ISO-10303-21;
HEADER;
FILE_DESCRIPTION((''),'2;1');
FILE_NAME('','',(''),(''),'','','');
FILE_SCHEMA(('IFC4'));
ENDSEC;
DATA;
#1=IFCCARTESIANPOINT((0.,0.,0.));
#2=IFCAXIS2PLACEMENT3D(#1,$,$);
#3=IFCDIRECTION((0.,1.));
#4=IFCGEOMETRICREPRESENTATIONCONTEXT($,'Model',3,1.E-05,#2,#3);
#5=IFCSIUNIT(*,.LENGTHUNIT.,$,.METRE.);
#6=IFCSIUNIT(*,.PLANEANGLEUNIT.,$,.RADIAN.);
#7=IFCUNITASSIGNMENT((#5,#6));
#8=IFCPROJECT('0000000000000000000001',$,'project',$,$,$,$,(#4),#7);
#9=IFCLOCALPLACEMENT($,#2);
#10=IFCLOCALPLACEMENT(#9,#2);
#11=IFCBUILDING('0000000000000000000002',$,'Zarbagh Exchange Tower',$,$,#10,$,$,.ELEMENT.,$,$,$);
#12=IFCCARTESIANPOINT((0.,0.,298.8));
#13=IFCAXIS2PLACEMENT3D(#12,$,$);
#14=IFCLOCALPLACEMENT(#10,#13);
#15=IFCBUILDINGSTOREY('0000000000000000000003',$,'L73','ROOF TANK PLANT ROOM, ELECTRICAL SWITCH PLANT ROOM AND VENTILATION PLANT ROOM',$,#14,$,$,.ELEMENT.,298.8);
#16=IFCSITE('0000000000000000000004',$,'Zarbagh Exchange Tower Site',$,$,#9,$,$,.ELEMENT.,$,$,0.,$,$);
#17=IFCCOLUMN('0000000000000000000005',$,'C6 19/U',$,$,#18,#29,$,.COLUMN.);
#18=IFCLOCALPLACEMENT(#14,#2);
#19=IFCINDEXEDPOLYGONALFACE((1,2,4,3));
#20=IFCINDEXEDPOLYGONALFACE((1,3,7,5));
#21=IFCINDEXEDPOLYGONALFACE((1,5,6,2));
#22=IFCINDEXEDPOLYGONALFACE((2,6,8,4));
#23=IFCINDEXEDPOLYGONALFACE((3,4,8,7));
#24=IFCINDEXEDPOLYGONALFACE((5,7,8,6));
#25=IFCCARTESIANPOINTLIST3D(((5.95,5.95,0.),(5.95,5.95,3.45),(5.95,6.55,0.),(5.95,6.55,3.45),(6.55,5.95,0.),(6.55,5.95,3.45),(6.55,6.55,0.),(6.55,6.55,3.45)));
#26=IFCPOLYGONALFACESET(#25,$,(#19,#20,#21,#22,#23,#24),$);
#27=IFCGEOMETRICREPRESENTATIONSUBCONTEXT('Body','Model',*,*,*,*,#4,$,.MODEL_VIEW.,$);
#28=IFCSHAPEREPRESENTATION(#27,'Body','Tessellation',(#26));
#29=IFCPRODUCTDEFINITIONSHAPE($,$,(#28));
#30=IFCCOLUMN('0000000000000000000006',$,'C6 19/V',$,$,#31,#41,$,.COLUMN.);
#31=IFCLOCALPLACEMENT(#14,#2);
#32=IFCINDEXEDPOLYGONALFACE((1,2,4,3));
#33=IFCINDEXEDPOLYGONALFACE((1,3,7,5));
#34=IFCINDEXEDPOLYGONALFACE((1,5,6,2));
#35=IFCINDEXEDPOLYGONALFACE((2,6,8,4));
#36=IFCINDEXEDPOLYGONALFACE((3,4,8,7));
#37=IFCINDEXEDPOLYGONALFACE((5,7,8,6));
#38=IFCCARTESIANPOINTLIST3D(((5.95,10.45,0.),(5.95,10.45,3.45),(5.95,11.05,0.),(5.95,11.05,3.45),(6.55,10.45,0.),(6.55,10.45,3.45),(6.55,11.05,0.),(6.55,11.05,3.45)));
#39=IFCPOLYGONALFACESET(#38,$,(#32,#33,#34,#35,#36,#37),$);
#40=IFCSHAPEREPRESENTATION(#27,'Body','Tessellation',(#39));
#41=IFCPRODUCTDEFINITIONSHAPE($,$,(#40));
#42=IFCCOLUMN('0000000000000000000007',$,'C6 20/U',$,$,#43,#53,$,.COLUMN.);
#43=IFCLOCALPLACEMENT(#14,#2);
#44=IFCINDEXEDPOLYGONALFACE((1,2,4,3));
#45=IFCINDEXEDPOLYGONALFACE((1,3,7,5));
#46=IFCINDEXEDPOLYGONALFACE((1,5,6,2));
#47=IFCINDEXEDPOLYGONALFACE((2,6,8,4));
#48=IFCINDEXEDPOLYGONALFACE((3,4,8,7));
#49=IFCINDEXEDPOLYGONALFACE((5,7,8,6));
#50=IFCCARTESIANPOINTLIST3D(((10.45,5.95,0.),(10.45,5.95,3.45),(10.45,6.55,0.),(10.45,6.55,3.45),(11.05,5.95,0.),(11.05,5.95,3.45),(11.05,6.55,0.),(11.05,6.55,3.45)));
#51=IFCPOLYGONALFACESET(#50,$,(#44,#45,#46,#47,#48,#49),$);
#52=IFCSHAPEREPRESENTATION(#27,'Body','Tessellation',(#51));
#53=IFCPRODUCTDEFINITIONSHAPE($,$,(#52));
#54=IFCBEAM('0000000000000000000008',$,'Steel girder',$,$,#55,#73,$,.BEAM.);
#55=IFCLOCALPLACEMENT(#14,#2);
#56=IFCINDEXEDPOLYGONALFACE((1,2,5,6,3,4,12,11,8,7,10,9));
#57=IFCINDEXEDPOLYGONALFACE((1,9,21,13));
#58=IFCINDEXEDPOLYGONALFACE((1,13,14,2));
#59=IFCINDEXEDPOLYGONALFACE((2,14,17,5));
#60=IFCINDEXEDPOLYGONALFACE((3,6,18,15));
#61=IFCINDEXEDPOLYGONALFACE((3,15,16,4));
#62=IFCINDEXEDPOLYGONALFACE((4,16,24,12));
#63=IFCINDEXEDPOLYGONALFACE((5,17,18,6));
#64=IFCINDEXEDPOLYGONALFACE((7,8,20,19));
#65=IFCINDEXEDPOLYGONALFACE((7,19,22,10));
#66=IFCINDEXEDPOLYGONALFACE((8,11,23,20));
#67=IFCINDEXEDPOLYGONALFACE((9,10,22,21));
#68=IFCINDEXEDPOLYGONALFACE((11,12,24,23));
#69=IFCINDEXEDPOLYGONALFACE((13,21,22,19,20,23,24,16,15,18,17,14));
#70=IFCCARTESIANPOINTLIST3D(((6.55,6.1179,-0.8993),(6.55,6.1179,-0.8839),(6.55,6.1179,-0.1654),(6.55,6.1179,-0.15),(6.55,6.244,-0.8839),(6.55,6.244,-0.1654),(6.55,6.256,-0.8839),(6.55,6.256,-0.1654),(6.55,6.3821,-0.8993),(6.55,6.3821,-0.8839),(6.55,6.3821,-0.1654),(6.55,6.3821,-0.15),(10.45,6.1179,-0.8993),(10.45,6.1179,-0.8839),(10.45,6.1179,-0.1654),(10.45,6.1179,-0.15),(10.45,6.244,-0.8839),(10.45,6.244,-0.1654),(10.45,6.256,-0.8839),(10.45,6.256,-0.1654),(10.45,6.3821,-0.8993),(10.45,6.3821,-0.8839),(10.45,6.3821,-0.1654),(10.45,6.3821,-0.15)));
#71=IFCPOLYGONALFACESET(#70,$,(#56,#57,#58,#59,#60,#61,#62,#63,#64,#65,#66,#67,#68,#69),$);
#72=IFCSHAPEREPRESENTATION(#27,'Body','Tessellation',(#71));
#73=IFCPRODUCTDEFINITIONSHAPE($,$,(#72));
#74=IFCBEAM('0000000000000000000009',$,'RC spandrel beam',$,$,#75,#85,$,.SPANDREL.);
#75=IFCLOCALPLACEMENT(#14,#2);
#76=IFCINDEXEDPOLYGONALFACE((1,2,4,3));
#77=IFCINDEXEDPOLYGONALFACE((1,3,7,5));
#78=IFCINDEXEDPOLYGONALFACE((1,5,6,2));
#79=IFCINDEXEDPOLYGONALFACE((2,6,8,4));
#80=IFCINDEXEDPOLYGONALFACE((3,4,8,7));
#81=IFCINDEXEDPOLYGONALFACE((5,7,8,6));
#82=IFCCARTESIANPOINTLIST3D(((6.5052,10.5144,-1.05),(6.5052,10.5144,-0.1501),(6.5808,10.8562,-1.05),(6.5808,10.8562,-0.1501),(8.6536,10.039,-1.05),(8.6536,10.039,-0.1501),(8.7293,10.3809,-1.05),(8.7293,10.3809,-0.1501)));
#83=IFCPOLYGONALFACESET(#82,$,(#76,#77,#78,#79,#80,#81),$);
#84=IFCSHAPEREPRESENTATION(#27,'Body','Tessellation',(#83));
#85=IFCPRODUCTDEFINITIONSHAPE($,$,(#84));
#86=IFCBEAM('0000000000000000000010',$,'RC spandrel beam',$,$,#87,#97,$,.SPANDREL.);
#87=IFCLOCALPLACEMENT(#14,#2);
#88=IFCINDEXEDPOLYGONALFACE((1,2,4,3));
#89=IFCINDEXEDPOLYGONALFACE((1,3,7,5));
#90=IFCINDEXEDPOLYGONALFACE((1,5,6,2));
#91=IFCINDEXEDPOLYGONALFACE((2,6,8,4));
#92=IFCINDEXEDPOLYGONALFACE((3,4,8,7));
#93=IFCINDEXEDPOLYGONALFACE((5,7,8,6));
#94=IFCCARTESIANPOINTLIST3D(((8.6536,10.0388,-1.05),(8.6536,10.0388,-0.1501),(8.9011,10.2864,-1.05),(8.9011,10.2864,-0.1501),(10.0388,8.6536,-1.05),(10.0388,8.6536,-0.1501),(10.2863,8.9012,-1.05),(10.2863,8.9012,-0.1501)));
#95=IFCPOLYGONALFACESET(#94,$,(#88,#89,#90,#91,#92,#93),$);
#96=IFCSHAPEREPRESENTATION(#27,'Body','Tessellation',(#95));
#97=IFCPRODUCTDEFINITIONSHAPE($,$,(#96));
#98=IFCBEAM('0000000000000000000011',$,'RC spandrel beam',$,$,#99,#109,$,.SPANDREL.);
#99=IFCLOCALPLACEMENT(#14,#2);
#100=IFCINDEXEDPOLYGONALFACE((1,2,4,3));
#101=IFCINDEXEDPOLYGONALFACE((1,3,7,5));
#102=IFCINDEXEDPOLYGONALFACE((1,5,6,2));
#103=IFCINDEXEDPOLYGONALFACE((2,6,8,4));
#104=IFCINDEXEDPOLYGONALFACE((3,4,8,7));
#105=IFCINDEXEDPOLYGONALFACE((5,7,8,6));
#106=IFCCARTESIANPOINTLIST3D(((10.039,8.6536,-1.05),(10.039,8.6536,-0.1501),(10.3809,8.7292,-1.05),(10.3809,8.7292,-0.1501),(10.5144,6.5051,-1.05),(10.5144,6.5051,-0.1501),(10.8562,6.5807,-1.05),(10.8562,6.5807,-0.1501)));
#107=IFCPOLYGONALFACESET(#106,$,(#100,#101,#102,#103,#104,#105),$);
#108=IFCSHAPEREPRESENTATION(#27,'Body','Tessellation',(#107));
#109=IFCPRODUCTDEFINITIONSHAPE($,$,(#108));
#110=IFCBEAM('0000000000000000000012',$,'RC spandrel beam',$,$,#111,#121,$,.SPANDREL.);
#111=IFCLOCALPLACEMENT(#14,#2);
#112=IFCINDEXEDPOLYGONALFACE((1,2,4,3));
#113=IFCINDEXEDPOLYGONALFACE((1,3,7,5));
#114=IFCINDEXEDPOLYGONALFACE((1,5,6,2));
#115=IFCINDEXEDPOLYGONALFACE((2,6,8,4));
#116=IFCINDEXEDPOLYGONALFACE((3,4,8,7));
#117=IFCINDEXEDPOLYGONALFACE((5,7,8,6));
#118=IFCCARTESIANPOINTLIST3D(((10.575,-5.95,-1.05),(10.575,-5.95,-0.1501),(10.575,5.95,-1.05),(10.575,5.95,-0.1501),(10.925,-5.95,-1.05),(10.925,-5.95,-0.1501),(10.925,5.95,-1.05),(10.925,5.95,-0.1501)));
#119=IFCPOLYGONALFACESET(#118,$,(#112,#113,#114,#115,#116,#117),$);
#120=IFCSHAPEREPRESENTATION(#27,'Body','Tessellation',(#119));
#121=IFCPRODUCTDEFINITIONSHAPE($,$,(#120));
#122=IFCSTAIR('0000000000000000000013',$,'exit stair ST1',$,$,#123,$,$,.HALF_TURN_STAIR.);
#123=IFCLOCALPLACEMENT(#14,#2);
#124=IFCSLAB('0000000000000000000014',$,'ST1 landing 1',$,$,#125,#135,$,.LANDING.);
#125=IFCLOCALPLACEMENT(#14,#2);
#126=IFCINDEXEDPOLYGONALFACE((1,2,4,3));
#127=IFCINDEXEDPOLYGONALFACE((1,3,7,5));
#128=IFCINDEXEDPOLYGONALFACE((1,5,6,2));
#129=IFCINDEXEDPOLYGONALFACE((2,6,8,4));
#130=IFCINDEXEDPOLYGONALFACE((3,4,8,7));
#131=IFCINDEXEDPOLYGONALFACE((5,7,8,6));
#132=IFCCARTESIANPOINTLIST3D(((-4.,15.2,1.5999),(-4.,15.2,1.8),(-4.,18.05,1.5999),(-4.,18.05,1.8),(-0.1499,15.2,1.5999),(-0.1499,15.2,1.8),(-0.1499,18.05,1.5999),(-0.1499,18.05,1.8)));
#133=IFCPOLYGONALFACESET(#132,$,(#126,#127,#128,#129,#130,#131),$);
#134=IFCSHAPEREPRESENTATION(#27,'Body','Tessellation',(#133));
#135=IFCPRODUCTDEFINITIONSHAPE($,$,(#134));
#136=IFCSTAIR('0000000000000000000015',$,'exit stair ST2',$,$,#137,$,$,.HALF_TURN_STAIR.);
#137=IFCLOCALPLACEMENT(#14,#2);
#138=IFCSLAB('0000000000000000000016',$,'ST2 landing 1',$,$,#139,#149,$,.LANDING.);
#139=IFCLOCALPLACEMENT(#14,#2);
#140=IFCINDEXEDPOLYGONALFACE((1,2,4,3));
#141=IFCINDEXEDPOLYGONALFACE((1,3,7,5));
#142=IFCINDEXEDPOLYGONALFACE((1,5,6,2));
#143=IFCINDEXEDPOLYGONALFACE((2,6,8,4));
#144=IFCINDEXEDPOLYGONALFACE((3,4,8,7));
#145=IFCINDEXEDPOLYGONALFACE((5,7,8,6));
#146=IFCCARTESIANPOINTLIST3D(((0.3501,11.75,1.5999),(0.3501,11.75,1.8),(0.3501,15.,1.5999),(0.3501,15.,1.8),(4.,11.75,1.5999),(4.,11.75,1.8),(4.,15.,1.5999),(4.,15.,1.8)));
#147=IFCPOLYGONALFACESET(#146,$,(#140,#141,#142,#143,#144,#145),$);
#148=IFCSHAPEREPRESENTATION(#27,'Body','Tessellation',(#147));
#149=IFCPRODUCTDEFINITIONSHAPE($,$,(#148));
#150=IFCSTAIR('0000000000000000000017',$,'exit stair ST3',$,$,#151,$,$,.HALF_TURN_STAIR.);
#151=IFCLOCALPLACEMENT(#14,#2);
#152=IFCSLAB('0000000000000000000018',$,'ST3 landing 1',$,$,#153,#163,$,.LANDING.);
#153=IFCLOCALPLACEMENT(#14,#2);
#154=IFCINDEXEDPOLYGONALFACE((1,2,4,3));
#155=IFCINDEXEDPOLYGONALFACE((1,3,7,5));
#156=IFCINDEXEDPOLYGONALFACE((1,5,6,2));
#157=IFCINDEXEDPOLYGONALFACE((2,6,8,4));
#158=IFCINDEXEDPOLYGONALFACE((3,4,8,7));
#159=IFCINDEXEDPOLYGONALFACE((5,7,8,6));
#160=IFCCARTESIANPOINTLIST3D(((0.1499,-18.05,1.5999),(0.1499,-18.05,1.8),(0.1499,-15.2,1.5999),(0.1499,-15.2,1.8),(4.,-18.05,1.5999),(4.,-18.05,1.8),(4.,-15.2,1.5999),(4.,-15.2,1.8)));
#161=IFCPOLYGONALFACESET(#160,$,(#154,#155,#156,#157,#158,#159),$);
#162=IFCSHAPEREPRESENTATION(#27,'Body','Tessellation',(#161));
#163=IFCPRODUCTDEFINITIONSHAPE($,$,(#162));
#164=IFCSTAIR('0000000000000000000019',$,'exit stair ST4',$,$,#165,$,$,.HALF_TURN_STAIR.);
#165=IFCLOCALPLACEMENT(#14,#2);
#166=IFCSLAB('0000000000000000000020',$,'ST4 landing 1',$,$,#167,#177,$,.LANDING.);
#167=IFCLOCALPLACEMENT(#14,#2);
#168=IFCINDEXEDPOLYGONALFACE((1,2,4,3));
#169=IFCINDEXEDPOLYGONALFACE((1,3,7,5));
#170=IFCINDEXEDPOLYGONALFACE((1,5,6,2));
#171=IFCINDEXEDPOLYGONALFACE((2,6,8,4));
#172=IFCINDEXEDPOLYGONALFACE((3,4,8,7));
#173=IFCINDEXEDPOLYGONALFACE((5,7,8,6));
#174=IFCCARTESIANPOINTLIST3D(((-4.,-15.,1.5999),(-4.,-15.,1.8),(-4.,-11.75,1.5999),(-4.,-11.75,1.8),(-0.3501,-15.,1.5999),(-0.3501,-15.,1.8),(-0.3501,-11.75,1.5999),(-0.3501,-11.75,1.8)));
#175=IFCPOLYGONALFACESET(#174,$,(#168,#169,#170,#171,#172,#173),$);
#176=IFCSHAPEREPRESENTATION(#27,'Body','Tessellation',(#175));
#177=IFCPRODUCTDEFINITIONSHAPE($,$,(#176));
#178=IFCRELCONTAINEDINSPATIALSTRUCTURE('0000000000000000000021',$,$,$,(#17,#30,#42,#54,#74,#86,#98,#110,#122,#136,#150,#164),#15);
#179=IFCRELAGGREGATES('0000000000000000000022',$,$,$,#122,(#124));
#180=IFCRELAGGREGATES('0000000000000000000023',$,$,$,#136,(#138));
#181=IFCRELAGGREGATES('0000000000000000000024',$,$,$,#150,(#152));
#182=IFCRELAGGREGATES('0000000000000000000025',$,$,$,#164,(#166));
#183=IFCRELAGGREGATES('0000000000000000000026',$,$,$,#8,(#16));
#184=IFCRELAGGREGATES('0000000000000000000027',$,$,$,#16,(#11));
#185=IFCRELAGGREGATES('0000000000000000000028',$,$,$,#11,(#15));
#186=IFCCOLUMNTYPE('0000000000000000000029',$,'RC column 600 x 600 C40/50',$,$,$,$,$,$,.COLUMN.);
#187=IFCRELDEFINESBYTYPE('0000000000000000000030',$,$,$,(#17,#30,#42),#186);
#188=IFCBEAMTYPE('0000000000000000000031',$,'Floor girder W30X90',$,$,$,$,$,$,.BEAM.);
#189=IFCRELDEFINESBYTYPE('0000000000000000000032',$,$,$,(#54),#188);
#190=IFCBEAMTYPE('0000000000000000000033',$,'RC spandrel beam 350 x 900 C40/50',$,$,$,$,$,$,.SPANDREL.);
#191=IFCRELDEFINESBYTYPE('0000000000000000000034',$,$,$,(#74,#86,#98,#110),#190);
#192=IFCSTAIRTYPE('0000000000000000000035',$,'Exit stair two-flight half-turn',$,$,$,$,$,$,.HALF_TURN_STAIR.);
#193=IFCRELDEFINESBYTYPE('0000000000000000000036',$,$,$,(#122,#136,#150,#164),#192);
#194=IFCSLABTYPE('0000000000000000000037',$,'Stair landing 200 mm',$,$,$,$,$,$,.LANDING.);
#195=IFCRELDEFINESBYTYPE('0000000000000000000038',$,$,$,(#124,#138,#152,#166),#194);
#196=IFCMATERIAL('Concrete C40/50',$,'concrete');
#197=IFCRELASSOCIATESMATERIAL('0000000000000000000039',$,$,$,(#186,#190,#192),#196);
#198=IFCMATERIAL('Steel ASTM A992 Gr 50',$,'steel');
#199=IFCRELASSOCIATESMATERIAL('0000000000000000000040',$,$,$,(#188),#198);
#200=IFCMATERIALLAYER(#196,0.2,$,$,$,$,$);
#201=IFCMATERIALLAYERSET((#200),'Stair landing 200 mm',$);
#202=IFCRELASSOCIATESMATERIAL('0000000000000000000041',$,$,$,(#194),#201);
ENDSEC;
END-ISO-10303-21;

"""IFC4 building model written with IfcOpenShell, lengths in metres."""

from ifc_helpers import new_model, si_unit, direction, frame, origin, origin_2d, place, context, subcontext, project, spatial, polyline, rectangle, i_section, outline, extrude, material, layer, layer_set, material_profile, profile_set, type_object, element, aggregate, save


model = new_model("IFC4")

# Units and contexts
model_context = context("Model", 3, precision=1e-05, world=origin(), true_north=direction((0.0, 1.0)))
body_context = subcontext(model_context, "Body", "Model", "MODEL_VIEW")
ifc_project = project(units=[si_unit("LENGTHUNIT", "METRE"), si_unit("PLANEANGLEUNIT", "RADIAN")], contexts=[model_context])

# Site, building, storey
site_placement = place(None, origin())
site = spatial("IfcSite", under=ifc_project, at=site_placement, Name="Zarbagh Exchange Tower Site", CompositionType="ELEMENT", RefElevation=0.0)
building_placement = place(site_placement, origin())
building = spatial("IfcBuilding", under=site, at=building_placement, Name="Zarbagh Exchange Tower", CompositionType="ELEMENT")
storey_placement = place(building_placement, frame((0.0, 0.0, 298.8)))
storey = spatial("IfcBuildingStorey", under=building, at=storey_placement, Name="L73", Description="ROOF TANK PLANT ROOM, ELECTRICAL SWITCH PLANT ROOM AND VENTILATION PLANT ROOM", CompositionType="ELEMENT", Elevation=298.8)

# Columns
ifc_material_1 = material(Name="Concrete C40/50", Category="concrete")
ifc_material_profile_1 = material_profile(ifc_material_1, rectangle(XDim=0.6001, YDim=0.6001, at=origin_2d()), Name="RC column 600 x 600 C40/50")
ifc_profile_set_1 = profile_set([ifc_material_profile_1], Name="Concrete C40/50")
column_type = type_object("IfcColumnType", Name="RC column 600 x 600 C40/50", PredefinedType="COLUMN", material=ifc_profile_set_1)
for number, where, z_axis, x_axis, name in (
    (1, (6.25, 6.25, 0.0), (0.0, 0.0, 1.0), (1.0, 0.0, 0.0), "C6 19/U"),
    (2, (6.25, 10.75, 0.0), (0.0, 0.0, 1.0), (1.0, 0.0, 0.0), "C6 19/V"),
    (3, (10.75, 6.25, 0.0), (0.0, 0.0, 1.0), (1.0, 0.0, 0.0), "C6 20/U"),
):
    element("IfcColumn", number, at=place(storey_placement, frame(where, z_axis=z_axis, x_axis=x_axis)), inside=storey, type_object=column_type, Name=name, PredefinedType="COLUMN", context=body_context, shape_type="SweptSolid", body=[
        extrude(rectangle(XDim=0.6001, YDim=0.6001, at=origin_2d()), origin(), (0.0, 0.0, 1.0), 3.45),
    ])

# Beams
ifc_material_2 = material(Name="Steel ASTM A992 Gr 50", Category="steel")
ifc_material_profile_2 = material_profile(ifc_material_2, i_section(OverallWidth=0.2642, OverallDepth=0.7493, WebThickness=0.012, FlangeThickness=0.0154, at=origin_2d()), Name="W30X90")
ifc_profile_set_2 = profile_set([ifc_material_profile_2], Name="Steel ASTM A992 Gr 50")
beam_type_1 = type_object("IfcBeamType", Name="Floor girder W30X90", PredefinedType="BEAM", material=ifc_profile_set_2)
beam_1_placement = place(storey_placement, frame((6.55, 6.25, -0.5247), z_axis=(1.0, 0.0, 0.0), x_axis=(0.0, 1.0, 0.0)))
element("IfcBeam", 4, at=beam_1_placement, inside=storey, type_object=beam_type_1, Name="Steel girder", PredefinedType="BEAM", context=body_context, shape_type="SweptSolid", body=[
    extrude(i_section(OverallWidth=0.2642, OverallDepth=0.7493, WebThickness=0.012, FlangeThickness=0.0154, at=origin_2d()), origin(), (0.0, 0.0, 1.0), 3.8999),
])
ifc_material_profile_3 = material_profile(ifc_material_1, rectangle(XDim=0.3501, YDim=0.8999, at=origin_2d()), Name="RC spandrel beam 350 x 900 C40/50")
ifc_profile_set_3 = profile_set([ifc_material_profile_3], Name="Concrete C40/50")
beam_type_2 = type_object("IfcBeamType", Name="RC spandrel beam 350 x 900 C40/50", PredefinedType="SPANDREL", material=ifc_profile_set_3)
beam_2_placement = place(storey_placement, frame((6.543, 10.6853, -0.6001), z_axis=(0.976388, -0.216026, 0.0), x_axis=(0.216026, 0.976388, 0.0)))
element("IfcBeam", 5, at=beam_2_placement, inside=storey, type_object=beam_type_2, Name="RC spandrel beam", PredefinedType="SPANDREL", context=body_context, shape_type="SweptSolid", body=[
    extrude(rectangle(XDim=0.3501, YDim=0.8999, at=origin_2d()), origin(), (0.0, 0.0, 1.0), 2.2004),
])
beam_3_placement = place(storey_placement, frame((8.7773, 10.1626, -0.6001), z_axis=(0.707107, -0.707107, 0.0), x_axis=(0.707107, 0.707107, 0.0)))
element("IfcBeam", 6, at=beam_3_placement, inside=storey, type_object=beam_type_2, Name="RC spandrel beam", PredefinedType="SPANDREL", context=body_context, shape_type="SweptSolid", body=[
    extrude(rectangle(XDim=0.3501, YDim=0.8999, at=origin_2d()), origin(), (0.0, 0.0, 1.0), 1.959),
])
beam_4_placement = place(storey_placement, frame((10.21, 8.6914, -0.6001), z_axis=(0.216026, -0.976388, 0.0), x_axis=(0.976388, 0.216026, 0.0)))
element("IfcBeam", 7, at=beam_4_placement, inside=storey, type_object=beam_type_2, Name="RC spandrel beam", PredefinedType="SPANDREL", context=body_context, shape_type="SweptSolid", body=[
    extrude(rectangle(XDim=0.3501, YDim=0.8999, at=origin_2d()), origin(), (0.0, 0.0, 1.0), 2.2004),
])
beam_5_placement = place(storey_placement, frame((10.75, 5.95, -0.6001), z_axis=(0.0, -1.0, 0.0), x_axis=(1.0, 0.0, 0.0)))
element("IfcBeam", 8, at=beam_5_placement, inside=storey, type_object=beam_type_2, Name="RC spandrel beam", PredefinedType="SPANDREL", context=body_context, shape_type="SweptSolid", body=[
    extrude(rectangle(XDim=0.3501, YDim=0.8999, at=origin_2d()), origin(), (0.0, 0.0, 1.0), 11.8999),
])

# Stairs, slabs
stair_type = type_object("IfcStairType", Name="Exit stair two-flight half-turn", PredefinedType="HALF_TURN_STAIR", material=ifc_material_1)
stair_1_placement = place(storey_placement, origin())
stair_1 = element("IfcStair", 9, at=stair_1_placement, inside=storey, type_object=stair_type, Name="exit stair ST1", PredefinedType="HALF_TURN_STAIR")
ifc_layer_1 = layer(ifc_material_1, 0.2)
ifc_layer_set_1 = layer_set([ifc_layer_1], Name="Stair landing 200 mm")
slab_type = type_object("IfcSlabType", Name="Stair landing 200 mm", PredefinedType="LANDING", material=ifc_layer_set_1)
slab_1_placement = place(storey_placement, frame((0.0, 0.0, 1.5999)))
slab_1 = element("IfcSlab", 10, at=slab_1_placement, type_object=slab_type, Name="ST1 landing 1", PredefinedType="LANDING", context=body_context, shape_type="SweptSolid", body=[
    extrude(outline(polyline([(-0.1499, 18.05), (-4.0, 18.05), (-4.0, 15.2), (-0.1499, 15.2), (-0.1499, 18.05)])), origin(), (0.0, 0.0, 1.0), 0.2002),
])
aggregate(stair_1, [slab_1])
stair_2_placement = place(storey_placement, origin())
stair_2 = element("IfcStair", 11, at=stair_2_placement, inside=storey, type_object=stair_type, Name="exit stair ST2", PredefinedType="HALF_TURN_STAIR")
slab_2_placement = place(storey_placement, frame((0.0, 0.0, 1.5999)))
slab_2 = element("IfcSlab", 12, at=slab_2_placement, type_object=slab_type, Name="ST2 landing 1", PredefinedType="LANDING", context=body_context, shape_type="SweptSolid", body=[
    extrude(outline(polyline([(0.3501, 11.75), (4.0, 11.75), (4.0, 15.0), (0.3501, 15.0), (0.3501, 11.75)])), origin(), (0.0, 0.0, 1.0), 0.2002),
])
aggregate(stair_2, [slab_2])
stair_3_placement = place(storey_placement, origin())
stair_3 = element("IfcStair", 13, at=stair_3_placement, inside=storey, type_object=stair_type, Name="exit stair ST3", PredefinedType="HALF_TURN_STAIR")
slab_3_placement = place(storey_placement, frame((0.0, 0.0, 1.5999)))
slab_3 = element("IfcSlab", 14, at=slab_3_placement, type_object=slab_type, Name="ST3 landing 1", PredefinedType="LANDING", context=body_context, shape_type="SweptSolid", body=[
    extrude(outline(polyline([(0.1499, -18.05), (4.0, -18.05), (4.0, -15.2), (0.1499, -15.2), (0.1499, -18.05)])), origin(), (0.0, 0.0, 1.0), 0.2002),
])
aggregate(stair_3, [slab_3])
stair_4_placement = place(storey_placement, origin())
stair_4 = element("IfcStair", 15, at=stair_4_placement, inside=storey, type_object=stair_type, Name="exit stair ST4", PredefinedType="HALF_TURN_STAIR")
slab_4_placement = place(storey_placement, frame((0.0, 0.0, 1.5999)))
slab_4 = element("IfcSlab", 16, at=slab_4_placement, type_object=slab_type, Name="ST4 landing 1", PredefinedType="LANDING", context=body_context, shape_type="SweptSolid", body=[
    extrude(outline(polyline([(-0.3501, -11.75), (-4.0, -11.75), (-4.0, -15.0), (-0.3501, -15.0), (-0.3501, -11.75)])), origin(), (0.0, 0.0, 1.0), 0.2002),
])
aggregate(stair_4, [slab_4])

save(model, "model.ifc")
